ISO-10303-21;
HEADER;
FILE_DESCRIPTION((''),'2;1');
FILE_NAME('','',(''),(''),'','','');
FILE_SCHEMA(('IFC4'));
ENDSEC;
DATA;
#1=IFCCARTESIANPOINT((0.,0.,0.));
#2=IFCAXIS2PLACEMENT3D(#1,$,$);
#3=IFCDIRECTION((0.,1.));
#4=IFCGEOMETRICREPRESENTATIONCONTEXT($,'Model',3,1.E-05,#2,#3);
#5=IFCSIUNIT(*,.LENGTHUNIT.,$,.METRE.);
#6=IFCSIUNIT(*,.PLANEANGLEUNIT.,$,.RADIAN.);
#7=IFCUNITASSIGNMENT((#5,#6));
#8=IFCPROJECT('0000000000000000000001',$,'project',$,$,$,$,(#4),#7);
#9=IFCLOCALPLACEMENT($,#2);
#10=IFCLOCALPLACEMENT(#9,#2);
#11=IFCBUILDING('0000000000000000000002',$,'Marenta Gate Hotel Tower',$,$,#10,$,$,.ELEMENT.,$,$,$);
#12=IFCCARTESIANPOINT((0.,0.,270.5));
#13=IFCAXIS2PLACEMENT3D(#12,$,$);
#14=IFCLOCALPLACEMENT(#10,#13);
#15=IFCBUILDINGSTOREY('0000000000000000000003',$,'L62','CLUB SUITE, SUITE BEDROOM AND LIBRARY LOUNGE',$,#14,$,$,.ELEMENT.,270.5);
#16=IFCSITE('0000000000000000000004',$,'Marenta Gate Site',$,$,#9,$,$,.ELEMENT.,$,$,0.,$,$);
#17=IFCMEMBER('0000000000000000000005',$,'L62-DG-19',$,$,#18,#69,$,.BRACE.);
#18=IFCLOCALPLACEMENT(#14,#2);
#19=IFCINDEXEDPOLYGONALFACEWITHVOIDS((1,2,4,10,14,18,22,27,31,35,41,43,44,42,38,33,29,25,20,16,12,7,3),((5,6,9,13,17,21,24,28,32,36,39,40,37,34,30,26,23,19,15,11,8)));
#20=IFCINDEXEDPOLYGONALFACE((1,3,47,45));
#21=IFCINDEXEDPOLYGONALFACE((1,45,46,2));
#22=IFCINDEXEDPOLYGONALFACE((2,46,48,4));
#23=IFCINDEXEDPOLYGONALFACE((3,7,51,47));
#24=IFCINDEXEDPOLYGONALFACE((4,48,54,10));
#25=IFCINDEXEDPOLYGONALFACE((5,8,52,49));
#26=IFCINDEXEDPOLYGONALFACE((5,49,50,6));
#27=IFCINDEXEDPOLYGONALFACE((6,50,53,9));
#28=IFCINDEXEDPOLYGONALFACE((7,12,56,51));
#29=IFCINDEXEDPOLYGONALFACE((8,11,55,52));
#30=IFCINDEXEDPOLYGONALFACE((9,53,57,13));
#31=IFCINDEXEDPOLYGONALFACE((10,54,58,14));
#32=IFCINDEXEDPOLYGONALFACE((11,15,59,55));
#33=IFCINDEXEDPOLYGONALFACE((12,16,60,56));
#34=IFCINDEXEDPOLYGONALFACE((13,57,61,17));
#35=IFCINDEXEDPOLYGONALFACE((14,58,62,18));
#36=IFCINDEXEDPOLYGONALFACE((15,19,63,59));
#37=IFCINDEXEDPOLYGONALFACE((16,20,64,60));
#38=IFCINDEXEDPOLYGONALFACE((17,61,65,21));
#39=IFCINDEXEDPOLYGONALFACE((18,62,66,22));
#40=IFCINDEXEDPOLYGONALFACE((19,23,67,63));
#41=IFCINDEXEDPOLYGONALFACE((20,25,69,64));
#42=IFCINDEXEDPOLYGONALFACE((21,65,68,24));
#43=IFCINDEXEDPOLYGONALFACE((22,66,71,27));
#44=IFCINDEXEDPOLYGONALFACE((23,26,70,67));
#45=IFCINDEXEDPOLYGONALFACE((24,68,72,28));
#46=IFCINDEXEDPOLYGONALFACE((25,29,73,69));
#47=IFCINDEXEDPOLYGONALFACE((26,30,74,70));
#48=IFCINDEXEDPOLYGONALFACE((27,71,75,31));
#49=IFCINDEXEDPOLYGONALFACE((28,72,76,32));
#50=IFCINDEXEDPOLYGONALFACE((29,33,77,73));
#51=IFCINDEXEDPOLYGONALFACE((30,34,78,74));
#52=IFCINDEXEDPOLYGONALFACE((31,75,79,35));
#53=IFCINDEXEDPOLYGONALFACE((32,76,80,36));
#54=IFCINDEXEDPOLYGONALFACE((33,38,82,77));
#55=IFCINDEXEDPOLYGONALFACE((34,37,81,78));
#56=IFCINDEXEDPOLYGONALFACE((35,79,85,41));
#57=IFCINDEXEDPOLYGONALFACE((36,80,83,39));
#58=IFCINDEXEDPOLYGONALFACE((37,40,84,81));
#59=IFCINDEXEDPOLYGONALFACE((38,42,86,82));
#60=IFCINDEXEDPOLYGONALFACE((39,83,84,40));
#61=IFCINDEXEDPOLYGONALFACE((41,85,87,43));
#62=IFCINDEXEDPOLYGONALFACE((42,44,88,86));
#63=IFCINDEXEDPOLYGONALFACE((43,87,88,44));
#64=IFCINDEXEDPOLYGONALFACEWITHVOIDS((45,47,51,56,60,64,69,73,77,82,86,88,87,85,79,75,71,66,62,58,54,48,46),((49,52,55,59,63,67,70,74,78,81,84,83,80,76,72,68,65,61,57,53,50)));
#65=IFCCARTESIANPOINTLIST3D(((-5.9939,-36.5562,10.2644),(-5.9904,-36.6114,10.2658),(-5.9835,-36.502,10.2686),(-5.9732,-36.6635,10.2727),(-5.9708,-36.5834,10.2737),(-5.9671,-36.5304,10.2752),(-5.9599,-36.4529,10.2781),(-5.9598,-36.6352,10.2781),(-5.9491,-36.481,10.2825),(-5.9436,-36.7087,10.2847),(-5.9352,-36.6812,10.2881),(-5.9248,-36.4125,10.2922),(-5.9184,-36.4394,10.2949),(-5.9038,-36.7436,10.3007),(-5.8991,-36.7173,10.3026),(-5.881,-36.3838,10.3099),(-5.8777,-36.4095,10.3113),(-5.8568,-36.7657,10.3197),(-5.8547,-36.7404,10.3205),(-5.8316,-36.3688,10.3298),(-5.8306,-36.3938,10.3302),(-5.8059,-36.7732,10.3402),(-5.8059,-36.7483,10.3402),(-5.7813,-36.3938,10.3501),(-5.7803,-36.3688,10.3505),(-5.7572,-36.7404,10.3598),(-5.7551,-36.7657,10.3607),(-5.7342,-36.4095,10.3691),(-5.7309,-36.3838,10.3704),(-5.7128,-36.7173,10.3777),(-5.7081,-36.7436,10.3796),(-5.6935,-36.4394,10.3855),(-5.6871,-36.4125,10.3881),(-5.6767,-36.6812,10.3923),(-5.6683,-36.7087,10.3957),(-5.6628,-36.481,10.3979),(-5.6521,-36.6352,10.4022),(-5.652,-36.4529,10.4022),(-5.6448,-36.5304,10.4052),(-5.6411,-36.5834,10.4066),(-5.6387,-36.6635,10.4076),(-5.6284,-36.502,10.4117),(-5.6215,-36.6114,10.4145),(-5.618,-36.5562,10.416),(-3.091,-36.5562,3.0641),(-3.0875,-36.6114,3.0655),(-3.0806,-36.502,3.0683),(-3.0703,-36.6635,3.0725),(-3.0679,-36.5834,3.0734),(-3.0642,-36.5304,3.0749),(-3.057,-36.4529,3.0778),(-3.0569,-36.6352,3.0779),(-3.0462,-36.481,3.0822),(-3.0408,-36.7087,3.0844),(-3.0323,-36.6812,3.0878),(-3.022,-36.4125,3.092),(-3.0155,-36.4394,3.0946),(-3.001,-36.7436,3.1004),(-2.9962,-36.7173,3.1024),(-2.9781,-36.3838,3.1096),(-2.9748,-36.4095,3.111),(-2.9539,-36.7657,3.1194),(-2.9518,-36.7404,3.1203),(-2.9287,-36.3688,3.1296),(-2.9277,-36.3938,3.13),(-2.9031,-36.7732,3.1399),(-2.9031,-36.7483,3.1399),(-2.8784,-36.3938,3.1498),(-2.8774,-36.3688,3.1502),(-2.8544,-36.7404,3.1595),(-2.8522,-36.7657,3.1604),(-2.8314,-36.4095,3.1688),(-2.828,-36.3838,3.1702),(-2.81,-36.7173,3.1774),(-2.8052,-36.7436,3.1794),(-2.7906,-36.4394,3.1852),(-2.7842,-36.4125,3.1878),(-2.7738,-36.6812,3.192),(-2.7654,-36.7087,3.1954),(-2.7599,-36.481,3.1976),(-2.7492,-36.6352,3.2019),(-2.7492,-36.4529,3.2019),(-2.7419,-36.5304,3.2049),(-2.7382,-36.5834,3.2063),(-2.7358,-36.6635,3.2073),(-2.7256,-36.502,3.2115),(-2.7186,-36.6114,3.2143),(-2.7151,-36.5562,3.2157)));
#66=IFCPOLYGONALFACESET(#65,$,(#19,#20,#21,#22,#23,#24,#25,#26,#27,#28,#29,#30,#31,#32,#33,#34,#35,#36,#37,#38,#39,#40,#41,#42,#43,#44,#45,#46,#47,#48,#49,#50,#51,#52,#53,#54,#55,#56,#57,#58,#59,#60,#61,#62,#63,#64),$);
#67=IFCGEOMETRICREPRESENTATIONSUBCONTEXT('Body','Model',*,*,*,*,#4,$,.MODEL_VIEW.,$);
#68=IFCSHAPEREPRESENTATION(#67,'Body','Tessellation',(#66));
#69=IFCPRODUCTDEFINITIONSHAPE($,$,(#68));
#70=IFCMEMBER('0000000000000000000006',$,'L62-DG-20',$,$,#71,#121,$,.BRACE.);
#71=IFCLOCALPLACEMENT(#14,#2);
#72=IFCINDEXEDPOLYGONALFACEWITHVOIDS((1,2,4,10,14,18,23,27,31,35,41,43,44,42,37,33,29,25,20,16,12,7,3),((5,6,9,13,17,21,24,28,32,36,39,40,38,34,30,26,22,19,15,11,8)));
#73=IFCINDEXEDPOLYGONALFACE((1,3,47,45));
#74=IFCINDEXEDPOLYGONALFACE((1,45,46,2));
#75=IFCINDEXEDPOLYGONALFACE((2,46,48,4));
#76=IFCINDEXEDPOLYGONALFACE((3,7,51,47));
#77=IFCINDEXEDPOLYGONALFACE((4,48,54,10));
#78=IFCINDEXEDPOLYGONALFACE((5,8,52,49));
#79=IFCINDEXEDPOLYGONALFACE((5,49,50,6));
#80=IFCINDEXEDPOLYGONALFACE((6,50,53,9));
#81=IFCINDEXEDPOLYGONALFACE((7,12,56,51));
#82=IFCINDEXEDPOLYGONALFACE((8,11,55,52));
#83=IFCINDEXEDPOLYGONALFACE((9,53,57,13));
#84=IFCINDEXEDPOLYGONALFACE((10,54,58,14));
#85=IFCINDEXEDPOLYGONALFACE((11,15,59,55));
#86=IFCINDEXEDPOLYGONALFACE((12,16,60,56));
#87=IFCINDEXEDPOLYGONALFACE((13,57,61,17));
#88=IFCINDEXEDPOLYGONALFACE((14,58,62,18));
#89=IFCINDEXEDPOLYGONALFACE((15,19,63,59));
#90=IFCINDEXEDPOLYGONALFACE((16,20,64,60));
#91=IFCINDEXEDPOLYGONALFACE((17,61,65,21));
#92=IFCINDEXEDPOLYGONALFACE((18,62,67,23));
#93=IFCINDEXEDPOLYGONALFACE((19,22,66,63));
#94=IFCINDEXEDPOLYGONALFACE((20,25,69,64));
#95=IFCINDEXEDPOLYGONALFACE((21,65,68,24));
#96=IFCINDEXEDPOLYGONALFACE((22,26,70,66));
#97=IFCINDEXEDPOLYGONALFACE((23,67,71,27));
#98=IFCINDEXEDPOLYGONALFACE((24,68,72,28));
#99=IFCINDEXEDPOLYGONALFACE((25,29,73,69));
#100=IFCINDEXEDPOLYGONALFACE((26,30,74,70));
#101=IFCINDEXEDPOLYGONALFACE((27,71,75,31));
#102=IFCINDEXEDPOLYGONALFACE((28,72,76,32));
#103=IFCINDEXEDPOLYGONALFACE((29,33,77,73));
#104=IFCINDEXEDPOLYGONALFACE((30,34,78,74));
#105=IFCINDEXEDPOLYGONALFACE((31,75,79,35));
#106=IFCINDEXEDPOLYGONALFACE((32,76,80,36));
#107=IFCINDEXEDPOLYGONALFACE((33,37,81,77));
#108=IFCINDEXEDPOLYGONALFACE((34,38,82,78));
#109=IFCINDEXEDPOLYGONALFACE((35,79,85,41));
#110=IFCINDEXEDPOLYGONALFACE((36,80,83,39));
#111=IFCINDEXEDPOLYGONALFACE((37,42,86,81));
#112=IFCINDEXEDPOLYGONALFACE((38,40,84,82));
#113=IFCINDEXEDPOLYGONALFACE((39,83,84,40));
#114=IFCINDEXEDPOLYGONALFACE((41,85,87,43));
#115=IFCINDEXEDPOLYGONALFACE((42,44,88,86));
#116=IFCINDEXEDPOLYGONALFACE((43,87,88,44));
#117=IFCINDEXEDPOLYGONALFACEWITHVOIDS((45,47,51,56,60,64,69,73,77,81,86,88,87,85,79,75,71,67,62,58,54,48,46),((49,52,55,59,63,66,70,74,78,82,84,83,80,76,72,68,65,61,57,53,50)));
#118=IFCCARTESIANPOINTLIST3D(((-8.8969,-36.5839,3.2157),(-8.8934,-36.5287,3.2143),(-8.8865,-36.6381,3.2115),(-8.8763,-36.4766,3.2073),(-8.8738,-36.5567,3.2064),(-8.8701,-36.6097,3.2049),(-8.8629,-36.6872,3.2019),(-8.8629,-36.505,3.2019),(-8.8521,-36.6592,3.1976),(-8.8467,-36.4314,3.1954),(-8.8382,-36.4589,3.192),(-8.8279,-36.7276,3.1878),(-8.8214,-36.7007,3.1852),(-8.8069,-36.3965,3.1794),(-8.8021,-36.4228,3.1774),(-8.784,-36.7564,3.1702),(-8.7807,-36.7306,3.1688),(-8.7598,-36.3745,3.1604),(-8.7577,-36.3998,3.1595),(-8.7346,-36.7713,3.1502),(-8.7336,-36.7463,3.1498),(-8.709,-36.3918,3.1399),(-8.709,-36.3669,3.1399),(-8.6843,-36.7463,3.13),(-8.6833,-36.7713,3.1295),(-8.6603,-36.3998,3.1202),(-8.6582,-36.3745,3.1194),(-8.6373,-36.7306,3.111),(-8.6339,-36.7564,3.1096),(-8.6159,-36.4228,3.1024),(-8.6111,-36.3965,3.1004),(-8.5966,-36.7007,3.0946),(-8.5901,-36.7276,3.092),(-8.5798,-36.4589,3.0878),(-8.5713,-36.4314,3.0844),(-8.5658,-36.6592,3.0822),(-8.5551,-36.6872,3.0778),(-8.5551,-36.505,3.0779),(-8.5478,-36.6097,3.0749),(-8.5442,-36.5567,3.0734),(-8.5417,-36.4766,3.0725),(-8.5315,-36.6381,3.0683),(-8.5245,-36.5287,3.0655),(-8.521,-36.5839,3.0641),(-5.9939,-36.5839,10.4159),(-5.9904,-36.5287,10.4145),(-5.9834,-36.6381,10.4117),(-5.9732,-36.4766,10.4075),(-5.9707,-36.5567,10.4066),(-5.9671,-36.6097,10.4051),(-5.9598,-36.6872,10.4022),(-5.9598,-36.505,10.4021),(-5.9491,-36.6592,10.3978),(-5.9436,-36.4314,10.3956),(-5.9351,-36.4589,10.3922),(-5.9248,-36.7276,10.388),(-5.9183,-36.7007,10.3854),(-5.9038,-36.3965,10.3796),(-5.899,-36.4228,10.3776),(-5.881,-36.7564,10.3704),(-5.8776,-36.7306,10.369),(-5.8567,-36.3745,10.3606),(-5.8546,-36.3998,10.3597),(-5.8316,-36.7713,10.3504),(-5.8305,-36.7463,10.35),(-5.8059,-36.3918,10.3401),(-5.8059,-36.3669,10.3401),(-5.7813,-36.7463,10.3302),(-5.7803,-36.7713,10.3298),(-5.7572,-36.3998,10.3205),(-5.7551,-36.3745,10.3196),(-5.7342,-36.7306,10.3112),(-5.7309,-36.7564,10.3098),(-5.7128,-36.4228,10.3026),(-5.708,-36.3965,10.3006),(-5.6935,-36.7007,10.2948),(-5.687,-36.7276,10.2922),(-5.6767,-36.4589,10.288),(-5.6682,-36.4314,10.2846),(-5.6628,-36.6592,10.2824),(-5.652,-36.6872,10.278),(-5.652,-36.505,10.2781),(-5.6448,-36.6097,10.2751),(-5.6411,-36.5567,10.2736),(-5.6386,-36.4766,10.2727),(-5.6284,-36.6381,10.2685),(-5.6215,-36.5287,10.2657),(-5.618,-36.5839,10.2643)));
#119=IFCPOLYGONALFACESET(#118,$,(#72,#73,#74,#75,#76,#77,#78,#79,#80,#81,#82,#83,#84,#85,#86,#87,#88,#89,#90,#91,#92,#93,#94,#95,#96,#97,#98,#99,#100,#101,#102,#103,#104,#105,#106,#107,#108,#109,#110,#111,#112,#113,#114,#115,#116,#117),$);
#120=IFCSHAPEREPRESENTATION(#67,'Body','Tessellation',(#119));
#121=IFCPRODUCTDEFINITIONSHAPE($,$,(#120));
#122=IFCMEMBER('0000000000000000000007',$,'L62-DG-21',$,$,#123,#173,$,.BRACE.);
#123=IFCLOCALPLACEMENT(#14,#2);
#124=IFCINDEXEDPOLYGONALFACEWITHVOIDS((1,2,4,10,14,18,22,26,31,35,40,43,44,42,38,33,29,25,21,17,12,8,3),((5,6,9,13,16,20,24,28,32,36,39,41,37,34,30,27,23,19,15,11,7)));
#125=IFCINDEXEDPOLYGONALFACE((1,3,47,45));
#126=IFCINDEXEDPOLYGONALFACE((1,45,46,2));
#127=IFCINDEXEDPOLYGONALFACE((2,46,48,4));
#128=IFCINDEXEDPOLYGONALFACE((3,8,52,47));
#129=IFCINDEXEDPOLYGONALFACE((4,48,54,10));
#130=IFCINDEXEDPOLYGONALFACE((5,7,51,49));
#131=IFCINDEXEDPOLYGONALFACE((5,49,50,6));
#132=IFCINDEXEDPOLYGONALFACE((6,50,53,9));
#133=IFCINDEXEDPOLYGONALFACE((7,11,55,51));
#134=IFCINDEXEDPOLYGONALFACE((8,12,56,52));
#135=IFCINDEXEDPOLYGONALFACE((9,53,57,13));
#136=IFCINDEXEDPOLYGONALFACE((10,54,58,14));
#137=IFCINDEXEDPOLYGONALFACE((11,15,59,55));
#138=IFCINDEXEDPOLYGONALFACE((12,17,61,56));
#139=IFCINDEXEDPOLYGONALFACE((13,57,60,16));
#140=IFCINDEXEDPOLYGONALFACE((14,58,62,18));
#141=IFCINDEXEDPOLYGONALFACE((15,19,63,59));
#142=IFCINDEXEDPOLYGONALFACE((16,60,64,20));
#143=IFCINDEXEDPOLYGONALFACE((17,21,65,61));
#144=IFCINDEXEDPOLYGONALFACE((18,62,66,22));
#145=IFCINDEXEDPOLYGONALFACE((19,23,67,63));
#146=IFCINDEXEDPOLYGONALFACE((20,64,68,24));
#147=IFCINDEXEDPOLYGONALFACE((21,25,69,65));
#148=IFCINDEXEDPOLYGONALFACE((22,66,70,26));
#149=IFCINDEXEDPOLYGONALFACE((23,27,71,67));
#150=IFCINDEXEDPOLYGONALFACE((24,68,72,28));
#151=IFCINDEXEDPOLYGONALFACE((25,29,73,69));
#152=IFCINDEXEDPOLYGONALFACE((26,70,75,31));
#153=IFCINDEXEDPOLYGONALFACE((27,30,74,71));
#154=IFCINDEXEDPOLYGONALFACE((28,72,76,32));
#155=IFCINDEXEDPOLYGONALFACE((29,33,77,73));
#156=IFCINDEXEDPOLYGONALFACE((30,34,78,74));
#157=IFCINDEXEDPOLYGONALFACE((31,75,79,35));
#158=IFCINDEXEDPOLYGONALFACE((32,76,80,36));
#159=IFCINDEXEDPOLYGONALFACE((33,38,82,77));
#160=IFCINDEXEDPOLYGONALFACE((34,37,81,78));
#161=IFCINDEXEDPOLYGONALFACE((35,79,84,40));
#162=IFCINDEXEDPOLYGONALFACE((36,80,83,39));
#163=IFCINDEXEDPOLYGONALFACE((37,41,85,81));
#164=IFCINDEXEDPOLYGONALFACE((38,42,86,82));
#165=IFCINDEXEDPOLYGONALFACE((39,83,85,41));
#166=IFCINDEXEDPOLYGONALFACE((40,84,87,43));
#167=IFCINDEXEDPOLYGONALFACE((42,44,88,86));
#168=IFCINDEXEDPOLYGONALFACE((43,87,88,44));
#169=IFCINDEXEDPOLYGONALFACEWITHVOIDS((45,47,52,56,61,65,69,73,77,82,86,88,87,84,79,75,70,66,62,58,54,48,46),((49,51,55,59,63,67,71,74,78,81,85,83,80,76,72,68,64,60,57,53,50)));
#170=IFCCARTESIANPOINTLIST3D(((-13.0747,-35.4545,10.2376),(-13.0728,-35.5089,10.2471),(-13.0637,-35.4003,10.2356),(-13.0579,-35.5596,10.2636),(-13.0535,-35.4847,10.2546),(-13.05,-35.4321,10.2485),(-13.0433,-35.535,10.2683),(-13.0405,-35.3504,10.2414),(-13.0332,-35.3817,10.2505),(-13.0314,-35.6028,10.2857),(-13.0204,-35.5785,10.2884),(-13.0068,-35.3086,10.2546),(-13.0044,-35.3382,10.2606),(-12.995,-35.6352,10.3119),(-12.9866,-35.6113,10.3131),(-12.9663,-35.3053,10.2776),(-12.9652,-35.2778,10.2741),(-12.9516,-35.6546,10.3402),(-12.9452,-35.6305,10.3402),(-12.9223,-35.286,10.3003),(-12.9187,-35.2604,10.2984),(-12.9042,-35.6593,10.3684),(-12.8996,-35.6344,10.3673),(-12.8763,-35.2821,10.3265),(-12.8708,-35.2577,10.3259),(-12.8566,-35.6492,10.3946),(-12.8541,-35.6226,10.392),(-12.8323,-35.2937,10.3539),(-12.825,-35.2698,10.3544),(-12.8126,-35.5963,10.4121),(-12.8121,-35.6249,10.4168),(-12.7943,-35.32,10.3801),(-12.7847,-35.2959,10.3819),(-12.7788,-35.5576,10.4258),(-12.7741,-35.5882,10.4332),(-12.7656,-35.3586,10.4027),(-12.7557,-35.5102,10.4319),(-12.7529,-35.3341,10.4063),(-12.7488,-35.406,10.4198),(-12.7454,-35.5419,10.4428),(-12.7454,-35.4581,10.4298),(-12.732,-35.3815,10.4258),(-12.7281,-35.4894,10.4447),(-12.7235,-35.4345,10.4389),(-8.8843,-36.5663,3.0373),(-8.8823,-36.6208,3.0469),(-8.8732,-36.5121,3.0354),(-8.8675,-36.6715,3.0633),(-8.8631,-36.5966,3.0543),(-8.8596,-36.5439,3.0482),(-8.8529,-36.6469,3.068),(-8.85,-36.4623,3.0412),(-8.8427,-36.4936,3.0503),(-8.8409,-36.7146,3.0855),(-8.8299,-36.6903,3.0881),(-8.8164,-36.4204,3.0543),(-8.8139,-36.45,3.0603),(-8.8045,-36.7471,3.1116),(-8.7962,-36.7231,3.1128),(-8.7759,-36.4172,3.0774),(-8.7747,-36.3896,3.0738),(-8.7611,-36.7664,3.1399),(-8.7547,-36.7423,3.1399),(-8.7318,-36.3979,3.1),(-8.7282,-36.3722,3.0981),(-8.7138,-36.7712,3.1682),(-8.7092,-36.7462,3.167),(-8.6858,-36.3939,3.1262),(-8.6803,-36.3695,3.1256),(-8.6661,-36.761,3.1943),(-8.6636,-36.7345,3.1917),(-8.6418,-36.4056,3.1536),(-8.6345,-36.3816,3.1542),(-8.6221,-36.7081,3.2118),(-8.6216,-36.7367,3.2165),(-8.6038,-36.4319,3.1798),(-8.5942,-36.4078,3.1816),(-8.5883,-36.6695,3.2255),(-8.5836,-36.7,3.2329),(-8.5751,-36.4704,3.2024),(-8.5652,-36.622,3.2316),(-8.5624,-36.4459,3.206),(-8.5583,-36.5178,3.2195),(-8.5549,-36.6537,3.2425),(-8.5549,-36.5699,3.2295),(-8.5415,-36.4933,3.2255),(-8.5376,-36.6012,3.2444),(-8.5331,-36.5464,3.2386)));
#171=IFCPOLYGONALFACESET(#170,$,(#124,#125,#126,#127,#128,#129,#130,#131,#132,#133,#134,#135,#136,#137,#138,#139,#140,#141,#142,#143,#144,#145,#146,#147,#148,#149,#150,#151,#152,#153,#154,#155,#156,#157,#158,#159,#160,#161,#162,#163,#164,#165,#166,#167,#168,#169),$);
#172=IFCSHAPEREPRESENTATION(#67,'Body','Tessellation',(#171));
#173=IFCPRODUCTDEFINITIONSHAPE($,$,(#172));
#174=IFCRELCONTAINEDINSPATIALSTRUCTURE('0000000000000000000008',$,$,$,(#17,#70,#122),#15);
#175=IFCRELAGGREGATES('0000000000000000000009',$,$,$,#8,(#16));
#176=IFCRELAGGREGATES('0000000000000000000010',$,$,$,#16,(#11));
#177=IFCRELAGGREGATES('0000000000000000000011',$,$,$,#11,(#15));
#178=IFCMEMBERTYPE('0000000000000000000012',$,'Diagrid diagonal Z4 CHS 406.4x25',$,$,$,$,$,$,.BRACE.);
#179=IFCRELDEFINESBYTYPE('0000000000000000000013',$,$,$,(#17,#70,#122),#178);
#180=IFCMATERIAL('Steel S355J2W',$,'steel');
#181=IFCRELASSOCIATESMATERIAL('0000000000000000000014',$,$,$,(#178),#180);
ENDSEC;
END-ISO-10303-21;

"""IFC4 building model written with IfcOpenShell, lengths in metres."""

from ifc_helpers import new_model, si_unit, direction, frame, origin, origin_2d, place, context, subcontext, project, spatial, hollow_circle, extrude, material, material_profile, profile_set, type_object, element, save


model = new_model("IFC4")

# Units and contexts
model_context = context("Model", 3, precision=1e-05, world=origin(), true_north=direction((0.0, 1.0)))
body_context = subcontext(model_context, "Body", "Model", "MODEL_VIEW")
ifc_project = project(units=[si_unit("LENGTHUNIT", "METRE"), si_unit("PLANEANGLEUNIT", "RADIAN")], contexts=[model_context])

# Site, building, storey
site_placement = place(None, origin())
site = spatial("IfcSite", under=ifc_project, at=site_placement, Name="Marenta Gate Site", CompositionType="ELEMENT", RefElevation=0.0)
building_placement = place(site_placement, origin())
building = spatial("IfcBuilding", under=site, at=building_placement, Name="Marenta Gate Hotel Tower", CompositionType="ELEMENT")
storey_placement = place(building_placement, frame((0.0, 0.0, 270.5)))
storey = spatial("IfcBuildingStorey", under=building, at=storey_placement, Name="L62", Description="CLUB SUITE, SUITE BEDROOM AND LIBRARY LOUNGE", CompositionType="ELEMENT", Elevation=270.5)

# Members
ifc_material_1 = material(Name="Steel S355J2W", Category="steel")
ifc_material_profile_1 = material_profile(ifc_material_1, hollow_circle(Radius=0.2031, WallThickness=0.0249, at=origin_2d()), Name="CHS 406.4x25")
ifc_profile_set_1 = profile_set([ifc_material_profile_1], Name="Steel S355J2W")
member_type_1 = type_object("IfcMemberType", Name="Diagrid diagonal Z4 CHS 406.4x25", PredefinedType="BRACE", material=ifc_profile_set_1)
for number, where, z_axis, x_axis, name in (
    (1, (-2.9031, -36.5701, 3.1399), (-0.373916, 0.0, 0.927463), (0.0, -1.0, 0.0), "L62-DG-19"),
    (2, (-8.709, -36.5701, 3.1399), (0.373943, 0.0, 0.927452), (0.0, 1.0, 0.0), "L62-DG-20"),
):
    element("IfcMember", number, at=place(storey_placement, frame(where, z_axis=z_axis, x_axis=x_axis)), inside=storey, type_object=member_type_1, Name=name, PredefinedType="BRACE", context=body_context, shape_type="SweptSolid", body=[
        extrude(hollow_circle(Radius=0.2031, WallThickness=0.0249, at=origin_2d()), origin(), (0.0, 0.0, 1.0), 7.7634),
    ])
member_1_placement = place(storey_placement, frame((-8.709, -36.5701, 3.1399), z_axis=(-0.498583, 0.132285, 0.856689), x_axis=(-0.25645, -0.966558, 0.0)))
element("IfcMember", 3, at=member_1_placement, inside=storey, type_object=member_type_1, Name="L62-DG-21", PredefinedType="BRACE", context=body_context, shape_type="SweptSolid", body=[
    extrude(hollow_circle(Radius=0.2031, WallThickness=0.0249, at=origin_2d()), origin(), (0.0, 0.0, 1.0), 8.4048),
])

save(model, "model.ifc")
